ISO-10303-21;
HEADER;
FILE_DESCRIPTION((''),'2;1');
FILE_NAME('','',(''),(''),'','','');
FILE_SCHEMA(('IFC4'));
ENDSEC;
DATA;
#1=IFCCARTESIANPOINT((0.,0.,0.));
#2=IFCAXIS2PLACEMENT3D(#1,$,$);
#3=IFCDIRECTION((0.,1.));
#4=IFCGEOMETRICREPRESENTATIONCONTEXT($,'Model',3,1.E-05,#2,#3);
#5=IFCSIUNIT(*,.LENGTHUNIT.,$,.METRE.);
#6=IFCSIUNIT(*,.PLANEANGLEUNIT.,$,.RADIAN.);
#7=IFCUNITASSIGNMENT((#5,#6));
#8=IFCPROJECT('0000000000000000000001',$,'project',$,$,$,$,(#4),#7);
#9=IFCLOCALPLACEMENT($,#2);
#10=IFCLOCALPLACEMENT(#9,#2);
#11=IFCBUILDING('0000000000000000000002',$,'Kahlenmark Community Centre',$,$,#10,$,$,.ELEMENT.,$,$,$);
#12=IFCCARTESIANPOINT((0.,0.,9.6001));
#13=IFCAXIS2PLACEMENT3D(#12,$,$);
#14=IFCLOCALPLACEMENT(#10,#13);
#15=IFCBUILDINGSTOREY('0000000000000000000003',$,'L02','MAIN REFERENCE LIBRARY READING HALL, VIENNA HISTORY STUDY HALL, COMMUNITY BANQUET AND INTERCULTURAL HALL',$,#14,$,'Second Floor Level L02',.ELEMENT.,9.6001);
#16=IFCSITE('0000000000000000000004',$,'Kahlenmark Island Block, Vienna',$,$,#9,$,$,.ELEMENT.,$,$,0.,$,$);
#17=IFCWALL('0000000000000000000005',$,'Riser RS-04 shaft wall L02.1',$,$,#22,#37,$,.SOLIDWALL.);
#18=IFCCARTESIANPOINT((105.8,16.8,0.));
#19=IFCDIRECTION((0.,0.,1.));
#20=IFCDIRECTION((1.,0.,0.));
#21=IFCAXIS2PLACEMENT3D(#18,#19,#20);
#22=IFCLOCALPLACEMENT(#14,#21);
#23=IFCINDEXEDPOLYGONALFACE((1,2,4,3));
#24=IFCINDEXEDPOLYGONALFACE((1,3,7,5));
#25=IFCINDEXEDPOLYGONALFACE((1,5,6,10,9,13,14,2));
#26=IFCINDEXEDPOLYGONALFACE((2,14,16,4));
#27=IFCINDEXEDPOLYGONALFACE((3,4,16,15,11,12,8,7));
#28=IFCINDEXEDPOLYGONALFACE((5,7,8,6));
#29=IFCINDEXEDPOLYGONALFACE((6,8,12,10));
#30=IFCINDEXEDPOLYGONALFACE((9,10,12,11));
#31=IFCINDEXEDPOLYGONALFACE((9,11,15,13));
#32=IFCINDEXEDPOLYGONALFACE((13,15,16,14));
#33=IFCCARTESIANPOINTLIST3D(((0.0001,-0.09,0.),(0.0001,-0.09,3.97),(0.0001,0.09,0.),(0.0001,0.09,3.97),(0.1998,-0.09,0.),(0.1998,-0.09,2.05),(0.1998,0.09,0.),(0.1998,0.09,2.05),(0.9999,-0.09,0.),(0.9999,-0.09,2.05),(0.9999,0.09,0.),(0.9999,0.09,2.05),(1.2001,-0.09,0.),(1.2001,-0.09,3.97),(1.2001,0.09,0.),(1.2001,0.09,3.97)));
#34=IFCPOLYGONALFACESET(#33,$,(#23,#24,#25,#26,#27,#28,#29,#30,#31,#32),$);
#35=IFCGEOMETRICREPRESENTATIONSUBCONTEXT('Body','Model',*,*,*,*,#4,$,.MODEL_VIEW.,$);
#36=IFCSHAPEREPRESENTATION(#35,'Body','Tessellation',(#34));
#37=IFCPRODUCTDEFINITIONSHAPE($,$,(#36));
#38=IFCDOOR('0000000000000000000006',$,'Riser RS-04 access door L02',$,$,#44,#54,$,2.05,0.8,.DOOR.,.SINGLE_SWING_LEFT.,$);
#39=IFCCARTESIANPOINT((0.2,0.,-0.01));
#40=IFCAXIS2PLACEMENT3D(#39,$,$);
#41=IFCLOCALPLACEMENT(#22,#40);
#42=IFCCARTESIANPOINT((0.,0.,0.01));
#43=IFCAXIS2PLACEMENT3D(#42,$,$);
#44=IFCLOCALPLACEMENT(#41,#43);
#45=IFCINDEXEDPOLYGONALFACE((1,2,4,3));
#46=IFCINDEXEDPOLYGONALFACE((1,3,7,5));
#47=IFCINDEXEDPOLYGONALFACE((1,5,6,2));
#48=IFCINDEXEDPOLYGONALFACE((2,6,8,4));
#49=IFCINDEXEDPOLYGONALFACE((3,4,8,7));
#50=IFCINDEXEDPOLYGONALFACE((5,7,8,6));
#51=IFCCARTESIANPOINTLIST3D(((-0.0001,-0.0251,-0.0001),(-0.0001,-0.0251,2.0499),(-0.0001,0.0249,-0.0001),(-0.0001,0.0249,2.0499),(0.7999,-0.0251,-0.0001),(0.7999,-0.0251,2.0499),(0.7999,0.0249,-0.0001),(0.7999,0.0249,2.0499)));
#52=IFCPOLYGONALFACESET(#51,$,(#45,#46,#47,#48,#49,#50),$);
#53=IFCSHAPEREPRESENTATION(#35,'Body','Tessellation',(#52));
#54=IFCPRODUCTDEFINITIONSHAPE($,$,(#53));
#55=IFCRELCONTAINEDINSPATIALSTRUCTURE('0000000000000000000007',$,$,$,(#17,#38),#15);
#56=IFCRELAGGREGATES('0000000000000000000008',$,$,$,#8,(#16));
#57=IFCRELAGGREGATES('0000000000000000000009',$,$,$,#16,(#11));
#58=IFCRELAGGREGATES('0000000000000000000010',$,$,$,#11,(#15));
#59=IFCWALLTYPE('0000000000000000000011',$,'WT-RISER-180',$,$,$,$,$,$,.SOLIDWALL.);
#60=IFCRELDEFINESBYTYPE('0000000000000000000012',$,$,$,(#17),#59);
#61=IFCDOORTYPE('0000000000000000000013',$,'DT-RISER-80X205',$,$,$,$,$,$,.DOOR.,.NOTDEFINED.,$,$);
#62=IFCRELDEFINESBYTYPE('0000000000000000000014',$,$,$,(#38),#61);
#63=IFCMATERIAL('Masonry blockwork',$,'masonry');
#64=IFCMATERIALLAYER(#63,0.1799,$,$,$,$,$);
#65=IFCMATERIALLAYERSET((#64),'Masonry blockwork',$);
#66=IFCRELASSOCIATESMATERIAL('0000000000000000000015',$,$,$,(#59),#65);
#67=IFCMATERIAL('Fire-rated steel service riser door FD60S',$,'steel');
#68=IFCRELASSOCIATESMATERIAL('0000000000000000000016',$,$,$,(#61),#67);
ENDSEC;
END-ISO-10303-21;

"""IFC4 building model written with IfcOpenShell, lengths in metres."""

from ifc_helpers import new_model, si_unit, direction, frame, frame_2d, origin, place, context, subcontext, project, spatial, rectangle, extrude, material, layer, layer_set, type_object, element, fill, save


model = new_model("IFC4")

# Units and contexts
model_context = context("Model", 3, precision=1e-05, world=origin(), true_north=direction((0.0, 1.0)))
body_context = subcontext(model_context, "Body", "Model", "MODEL_VIEW")
ifc_project = project(units=[si_unit("LENGTHUNIT", "METRE"), si_unit("PLANEANGLEUNIT", "RADIAN")], contexts=[model_context])

# Site, building, storey
site_placement = place(None, origin())
site = spatial("IfcSite", under=ifc_project, at=site_placement, Name="Kahlenmark Island Block, Vienna", CompositionType="ELEMENT", RefElevation=0.0)
building_placement = place(site_placement, origin())
building = spatial("IfcBuilding", under=site, at=building_placement, Name="Kahlenmark Community Centre", CompositionType="ELEMENT")
storey_placement = place(building_placement, frame((0.0, 0.0, 9.6001)))
storey = spatial("IfcBuildingStorey", under=building, at=storey_placement, Name="L02", Description="MAIN REFERENCE LIBRARY READING HALL, VIENNA HISTORY STUDY HALL, COMMUNITY BANQUET AND INTERCULTURAL HALL", LongName="Second Floor Level L02", CompositionType="ELEMENT", Elevation=9.6001)

# Wall, opening, door
ifc_material_1 = material(Name="Masonry blockwork", Category="masonry")
ifc_layer_1 = layer(ifc_material_1, 0.1799)
ifc_layer_set_1 = layer_set([ifc_layer_1], Name="Masonry blockwork")
wall_type_1 = type_object("IfcWallType", Name="WT-RISER-180", PredefinedType="SOLIDWALL", material=ifc_layer_set_1)
wall_1_placement = place(storey_placement, frame((105.8, 16.8, 0.0), z_axis=(0.0, 0.0, 1.0), x_axis=(1.0, 0.0, 0.0)))
wall_1 = element("IfcWall", 1, at=wall_1_placement, inside=storey, type_object=wall_type_1, Name="Riser RS-04 shaft wall L02.1", PredefinedType="SOLIDWALL", context=body_context, shape_type="SweptSolid", body=[
    extrude(rectangle(XDim=1.2, YDim=0.1799, at=frame_2d((0.6001, 0.0))), origin(), (0.0, 0.0, 1.0), 3.97),
])
opening_1_placement = place(wall_1_placement, frame((0.2, 0.0, -0.01)))
opening_1 = element("IfcOpeningElement", 2, at=opening_1_placement, cuts=wall_1, PredefinedType="OPENING", context=body_context, shape_type="SweptSolid", body=[
    extrude(rectangle(XDim=0.8, YDim=2.0601, at=frame_2d((0.3999, 1.03))), frame((0.0, 0.0999, 0.0), z_axis=(0.0, -1.0, 0.0), x_axis=(1.0, 0.0, 0.0)), (0.0, 0.0, 1.0), 0.2),
])
ifc_material_2 = material(Name="Fire-rated steel service riser door FD60S", Category="steel")
door_type_1 = type_object("IfcDoorType", Name="DT-RISER-80X205", OperationType="NOTDEFINED", PredefinedType="DOOR", material=ifc_material_2)
door_1_placement = place(opening_1_placement, frame((0.0, 0.0, 0.01)))
door_1 = element("IfcDoor", 3, at=door_1_placement, inside=storey, type_object=door_type_1, Name="Riser RS-04 access door L02", OperationType="SINGLE_SWING_LEFT", OverallHeight=2.05, OverallWidth=0.8, PredefinedType="DOOR", context=body_context, shape_type="SweptSolid", body=[
    extrude(rectangle(XDim=0.8, YDim=2.05, at=frame_2d((0.3999, 1.0249))), frame((0.0, 0.0249, 0.0), z_axis=(0.0, -1.0, 0.0), x_axis=(1.0, 0.0, 0.0)), (0.0, 0.0, 1.0), 0.05),
])
fill(opening_1, door_1)

save(model, "model.ifc")
